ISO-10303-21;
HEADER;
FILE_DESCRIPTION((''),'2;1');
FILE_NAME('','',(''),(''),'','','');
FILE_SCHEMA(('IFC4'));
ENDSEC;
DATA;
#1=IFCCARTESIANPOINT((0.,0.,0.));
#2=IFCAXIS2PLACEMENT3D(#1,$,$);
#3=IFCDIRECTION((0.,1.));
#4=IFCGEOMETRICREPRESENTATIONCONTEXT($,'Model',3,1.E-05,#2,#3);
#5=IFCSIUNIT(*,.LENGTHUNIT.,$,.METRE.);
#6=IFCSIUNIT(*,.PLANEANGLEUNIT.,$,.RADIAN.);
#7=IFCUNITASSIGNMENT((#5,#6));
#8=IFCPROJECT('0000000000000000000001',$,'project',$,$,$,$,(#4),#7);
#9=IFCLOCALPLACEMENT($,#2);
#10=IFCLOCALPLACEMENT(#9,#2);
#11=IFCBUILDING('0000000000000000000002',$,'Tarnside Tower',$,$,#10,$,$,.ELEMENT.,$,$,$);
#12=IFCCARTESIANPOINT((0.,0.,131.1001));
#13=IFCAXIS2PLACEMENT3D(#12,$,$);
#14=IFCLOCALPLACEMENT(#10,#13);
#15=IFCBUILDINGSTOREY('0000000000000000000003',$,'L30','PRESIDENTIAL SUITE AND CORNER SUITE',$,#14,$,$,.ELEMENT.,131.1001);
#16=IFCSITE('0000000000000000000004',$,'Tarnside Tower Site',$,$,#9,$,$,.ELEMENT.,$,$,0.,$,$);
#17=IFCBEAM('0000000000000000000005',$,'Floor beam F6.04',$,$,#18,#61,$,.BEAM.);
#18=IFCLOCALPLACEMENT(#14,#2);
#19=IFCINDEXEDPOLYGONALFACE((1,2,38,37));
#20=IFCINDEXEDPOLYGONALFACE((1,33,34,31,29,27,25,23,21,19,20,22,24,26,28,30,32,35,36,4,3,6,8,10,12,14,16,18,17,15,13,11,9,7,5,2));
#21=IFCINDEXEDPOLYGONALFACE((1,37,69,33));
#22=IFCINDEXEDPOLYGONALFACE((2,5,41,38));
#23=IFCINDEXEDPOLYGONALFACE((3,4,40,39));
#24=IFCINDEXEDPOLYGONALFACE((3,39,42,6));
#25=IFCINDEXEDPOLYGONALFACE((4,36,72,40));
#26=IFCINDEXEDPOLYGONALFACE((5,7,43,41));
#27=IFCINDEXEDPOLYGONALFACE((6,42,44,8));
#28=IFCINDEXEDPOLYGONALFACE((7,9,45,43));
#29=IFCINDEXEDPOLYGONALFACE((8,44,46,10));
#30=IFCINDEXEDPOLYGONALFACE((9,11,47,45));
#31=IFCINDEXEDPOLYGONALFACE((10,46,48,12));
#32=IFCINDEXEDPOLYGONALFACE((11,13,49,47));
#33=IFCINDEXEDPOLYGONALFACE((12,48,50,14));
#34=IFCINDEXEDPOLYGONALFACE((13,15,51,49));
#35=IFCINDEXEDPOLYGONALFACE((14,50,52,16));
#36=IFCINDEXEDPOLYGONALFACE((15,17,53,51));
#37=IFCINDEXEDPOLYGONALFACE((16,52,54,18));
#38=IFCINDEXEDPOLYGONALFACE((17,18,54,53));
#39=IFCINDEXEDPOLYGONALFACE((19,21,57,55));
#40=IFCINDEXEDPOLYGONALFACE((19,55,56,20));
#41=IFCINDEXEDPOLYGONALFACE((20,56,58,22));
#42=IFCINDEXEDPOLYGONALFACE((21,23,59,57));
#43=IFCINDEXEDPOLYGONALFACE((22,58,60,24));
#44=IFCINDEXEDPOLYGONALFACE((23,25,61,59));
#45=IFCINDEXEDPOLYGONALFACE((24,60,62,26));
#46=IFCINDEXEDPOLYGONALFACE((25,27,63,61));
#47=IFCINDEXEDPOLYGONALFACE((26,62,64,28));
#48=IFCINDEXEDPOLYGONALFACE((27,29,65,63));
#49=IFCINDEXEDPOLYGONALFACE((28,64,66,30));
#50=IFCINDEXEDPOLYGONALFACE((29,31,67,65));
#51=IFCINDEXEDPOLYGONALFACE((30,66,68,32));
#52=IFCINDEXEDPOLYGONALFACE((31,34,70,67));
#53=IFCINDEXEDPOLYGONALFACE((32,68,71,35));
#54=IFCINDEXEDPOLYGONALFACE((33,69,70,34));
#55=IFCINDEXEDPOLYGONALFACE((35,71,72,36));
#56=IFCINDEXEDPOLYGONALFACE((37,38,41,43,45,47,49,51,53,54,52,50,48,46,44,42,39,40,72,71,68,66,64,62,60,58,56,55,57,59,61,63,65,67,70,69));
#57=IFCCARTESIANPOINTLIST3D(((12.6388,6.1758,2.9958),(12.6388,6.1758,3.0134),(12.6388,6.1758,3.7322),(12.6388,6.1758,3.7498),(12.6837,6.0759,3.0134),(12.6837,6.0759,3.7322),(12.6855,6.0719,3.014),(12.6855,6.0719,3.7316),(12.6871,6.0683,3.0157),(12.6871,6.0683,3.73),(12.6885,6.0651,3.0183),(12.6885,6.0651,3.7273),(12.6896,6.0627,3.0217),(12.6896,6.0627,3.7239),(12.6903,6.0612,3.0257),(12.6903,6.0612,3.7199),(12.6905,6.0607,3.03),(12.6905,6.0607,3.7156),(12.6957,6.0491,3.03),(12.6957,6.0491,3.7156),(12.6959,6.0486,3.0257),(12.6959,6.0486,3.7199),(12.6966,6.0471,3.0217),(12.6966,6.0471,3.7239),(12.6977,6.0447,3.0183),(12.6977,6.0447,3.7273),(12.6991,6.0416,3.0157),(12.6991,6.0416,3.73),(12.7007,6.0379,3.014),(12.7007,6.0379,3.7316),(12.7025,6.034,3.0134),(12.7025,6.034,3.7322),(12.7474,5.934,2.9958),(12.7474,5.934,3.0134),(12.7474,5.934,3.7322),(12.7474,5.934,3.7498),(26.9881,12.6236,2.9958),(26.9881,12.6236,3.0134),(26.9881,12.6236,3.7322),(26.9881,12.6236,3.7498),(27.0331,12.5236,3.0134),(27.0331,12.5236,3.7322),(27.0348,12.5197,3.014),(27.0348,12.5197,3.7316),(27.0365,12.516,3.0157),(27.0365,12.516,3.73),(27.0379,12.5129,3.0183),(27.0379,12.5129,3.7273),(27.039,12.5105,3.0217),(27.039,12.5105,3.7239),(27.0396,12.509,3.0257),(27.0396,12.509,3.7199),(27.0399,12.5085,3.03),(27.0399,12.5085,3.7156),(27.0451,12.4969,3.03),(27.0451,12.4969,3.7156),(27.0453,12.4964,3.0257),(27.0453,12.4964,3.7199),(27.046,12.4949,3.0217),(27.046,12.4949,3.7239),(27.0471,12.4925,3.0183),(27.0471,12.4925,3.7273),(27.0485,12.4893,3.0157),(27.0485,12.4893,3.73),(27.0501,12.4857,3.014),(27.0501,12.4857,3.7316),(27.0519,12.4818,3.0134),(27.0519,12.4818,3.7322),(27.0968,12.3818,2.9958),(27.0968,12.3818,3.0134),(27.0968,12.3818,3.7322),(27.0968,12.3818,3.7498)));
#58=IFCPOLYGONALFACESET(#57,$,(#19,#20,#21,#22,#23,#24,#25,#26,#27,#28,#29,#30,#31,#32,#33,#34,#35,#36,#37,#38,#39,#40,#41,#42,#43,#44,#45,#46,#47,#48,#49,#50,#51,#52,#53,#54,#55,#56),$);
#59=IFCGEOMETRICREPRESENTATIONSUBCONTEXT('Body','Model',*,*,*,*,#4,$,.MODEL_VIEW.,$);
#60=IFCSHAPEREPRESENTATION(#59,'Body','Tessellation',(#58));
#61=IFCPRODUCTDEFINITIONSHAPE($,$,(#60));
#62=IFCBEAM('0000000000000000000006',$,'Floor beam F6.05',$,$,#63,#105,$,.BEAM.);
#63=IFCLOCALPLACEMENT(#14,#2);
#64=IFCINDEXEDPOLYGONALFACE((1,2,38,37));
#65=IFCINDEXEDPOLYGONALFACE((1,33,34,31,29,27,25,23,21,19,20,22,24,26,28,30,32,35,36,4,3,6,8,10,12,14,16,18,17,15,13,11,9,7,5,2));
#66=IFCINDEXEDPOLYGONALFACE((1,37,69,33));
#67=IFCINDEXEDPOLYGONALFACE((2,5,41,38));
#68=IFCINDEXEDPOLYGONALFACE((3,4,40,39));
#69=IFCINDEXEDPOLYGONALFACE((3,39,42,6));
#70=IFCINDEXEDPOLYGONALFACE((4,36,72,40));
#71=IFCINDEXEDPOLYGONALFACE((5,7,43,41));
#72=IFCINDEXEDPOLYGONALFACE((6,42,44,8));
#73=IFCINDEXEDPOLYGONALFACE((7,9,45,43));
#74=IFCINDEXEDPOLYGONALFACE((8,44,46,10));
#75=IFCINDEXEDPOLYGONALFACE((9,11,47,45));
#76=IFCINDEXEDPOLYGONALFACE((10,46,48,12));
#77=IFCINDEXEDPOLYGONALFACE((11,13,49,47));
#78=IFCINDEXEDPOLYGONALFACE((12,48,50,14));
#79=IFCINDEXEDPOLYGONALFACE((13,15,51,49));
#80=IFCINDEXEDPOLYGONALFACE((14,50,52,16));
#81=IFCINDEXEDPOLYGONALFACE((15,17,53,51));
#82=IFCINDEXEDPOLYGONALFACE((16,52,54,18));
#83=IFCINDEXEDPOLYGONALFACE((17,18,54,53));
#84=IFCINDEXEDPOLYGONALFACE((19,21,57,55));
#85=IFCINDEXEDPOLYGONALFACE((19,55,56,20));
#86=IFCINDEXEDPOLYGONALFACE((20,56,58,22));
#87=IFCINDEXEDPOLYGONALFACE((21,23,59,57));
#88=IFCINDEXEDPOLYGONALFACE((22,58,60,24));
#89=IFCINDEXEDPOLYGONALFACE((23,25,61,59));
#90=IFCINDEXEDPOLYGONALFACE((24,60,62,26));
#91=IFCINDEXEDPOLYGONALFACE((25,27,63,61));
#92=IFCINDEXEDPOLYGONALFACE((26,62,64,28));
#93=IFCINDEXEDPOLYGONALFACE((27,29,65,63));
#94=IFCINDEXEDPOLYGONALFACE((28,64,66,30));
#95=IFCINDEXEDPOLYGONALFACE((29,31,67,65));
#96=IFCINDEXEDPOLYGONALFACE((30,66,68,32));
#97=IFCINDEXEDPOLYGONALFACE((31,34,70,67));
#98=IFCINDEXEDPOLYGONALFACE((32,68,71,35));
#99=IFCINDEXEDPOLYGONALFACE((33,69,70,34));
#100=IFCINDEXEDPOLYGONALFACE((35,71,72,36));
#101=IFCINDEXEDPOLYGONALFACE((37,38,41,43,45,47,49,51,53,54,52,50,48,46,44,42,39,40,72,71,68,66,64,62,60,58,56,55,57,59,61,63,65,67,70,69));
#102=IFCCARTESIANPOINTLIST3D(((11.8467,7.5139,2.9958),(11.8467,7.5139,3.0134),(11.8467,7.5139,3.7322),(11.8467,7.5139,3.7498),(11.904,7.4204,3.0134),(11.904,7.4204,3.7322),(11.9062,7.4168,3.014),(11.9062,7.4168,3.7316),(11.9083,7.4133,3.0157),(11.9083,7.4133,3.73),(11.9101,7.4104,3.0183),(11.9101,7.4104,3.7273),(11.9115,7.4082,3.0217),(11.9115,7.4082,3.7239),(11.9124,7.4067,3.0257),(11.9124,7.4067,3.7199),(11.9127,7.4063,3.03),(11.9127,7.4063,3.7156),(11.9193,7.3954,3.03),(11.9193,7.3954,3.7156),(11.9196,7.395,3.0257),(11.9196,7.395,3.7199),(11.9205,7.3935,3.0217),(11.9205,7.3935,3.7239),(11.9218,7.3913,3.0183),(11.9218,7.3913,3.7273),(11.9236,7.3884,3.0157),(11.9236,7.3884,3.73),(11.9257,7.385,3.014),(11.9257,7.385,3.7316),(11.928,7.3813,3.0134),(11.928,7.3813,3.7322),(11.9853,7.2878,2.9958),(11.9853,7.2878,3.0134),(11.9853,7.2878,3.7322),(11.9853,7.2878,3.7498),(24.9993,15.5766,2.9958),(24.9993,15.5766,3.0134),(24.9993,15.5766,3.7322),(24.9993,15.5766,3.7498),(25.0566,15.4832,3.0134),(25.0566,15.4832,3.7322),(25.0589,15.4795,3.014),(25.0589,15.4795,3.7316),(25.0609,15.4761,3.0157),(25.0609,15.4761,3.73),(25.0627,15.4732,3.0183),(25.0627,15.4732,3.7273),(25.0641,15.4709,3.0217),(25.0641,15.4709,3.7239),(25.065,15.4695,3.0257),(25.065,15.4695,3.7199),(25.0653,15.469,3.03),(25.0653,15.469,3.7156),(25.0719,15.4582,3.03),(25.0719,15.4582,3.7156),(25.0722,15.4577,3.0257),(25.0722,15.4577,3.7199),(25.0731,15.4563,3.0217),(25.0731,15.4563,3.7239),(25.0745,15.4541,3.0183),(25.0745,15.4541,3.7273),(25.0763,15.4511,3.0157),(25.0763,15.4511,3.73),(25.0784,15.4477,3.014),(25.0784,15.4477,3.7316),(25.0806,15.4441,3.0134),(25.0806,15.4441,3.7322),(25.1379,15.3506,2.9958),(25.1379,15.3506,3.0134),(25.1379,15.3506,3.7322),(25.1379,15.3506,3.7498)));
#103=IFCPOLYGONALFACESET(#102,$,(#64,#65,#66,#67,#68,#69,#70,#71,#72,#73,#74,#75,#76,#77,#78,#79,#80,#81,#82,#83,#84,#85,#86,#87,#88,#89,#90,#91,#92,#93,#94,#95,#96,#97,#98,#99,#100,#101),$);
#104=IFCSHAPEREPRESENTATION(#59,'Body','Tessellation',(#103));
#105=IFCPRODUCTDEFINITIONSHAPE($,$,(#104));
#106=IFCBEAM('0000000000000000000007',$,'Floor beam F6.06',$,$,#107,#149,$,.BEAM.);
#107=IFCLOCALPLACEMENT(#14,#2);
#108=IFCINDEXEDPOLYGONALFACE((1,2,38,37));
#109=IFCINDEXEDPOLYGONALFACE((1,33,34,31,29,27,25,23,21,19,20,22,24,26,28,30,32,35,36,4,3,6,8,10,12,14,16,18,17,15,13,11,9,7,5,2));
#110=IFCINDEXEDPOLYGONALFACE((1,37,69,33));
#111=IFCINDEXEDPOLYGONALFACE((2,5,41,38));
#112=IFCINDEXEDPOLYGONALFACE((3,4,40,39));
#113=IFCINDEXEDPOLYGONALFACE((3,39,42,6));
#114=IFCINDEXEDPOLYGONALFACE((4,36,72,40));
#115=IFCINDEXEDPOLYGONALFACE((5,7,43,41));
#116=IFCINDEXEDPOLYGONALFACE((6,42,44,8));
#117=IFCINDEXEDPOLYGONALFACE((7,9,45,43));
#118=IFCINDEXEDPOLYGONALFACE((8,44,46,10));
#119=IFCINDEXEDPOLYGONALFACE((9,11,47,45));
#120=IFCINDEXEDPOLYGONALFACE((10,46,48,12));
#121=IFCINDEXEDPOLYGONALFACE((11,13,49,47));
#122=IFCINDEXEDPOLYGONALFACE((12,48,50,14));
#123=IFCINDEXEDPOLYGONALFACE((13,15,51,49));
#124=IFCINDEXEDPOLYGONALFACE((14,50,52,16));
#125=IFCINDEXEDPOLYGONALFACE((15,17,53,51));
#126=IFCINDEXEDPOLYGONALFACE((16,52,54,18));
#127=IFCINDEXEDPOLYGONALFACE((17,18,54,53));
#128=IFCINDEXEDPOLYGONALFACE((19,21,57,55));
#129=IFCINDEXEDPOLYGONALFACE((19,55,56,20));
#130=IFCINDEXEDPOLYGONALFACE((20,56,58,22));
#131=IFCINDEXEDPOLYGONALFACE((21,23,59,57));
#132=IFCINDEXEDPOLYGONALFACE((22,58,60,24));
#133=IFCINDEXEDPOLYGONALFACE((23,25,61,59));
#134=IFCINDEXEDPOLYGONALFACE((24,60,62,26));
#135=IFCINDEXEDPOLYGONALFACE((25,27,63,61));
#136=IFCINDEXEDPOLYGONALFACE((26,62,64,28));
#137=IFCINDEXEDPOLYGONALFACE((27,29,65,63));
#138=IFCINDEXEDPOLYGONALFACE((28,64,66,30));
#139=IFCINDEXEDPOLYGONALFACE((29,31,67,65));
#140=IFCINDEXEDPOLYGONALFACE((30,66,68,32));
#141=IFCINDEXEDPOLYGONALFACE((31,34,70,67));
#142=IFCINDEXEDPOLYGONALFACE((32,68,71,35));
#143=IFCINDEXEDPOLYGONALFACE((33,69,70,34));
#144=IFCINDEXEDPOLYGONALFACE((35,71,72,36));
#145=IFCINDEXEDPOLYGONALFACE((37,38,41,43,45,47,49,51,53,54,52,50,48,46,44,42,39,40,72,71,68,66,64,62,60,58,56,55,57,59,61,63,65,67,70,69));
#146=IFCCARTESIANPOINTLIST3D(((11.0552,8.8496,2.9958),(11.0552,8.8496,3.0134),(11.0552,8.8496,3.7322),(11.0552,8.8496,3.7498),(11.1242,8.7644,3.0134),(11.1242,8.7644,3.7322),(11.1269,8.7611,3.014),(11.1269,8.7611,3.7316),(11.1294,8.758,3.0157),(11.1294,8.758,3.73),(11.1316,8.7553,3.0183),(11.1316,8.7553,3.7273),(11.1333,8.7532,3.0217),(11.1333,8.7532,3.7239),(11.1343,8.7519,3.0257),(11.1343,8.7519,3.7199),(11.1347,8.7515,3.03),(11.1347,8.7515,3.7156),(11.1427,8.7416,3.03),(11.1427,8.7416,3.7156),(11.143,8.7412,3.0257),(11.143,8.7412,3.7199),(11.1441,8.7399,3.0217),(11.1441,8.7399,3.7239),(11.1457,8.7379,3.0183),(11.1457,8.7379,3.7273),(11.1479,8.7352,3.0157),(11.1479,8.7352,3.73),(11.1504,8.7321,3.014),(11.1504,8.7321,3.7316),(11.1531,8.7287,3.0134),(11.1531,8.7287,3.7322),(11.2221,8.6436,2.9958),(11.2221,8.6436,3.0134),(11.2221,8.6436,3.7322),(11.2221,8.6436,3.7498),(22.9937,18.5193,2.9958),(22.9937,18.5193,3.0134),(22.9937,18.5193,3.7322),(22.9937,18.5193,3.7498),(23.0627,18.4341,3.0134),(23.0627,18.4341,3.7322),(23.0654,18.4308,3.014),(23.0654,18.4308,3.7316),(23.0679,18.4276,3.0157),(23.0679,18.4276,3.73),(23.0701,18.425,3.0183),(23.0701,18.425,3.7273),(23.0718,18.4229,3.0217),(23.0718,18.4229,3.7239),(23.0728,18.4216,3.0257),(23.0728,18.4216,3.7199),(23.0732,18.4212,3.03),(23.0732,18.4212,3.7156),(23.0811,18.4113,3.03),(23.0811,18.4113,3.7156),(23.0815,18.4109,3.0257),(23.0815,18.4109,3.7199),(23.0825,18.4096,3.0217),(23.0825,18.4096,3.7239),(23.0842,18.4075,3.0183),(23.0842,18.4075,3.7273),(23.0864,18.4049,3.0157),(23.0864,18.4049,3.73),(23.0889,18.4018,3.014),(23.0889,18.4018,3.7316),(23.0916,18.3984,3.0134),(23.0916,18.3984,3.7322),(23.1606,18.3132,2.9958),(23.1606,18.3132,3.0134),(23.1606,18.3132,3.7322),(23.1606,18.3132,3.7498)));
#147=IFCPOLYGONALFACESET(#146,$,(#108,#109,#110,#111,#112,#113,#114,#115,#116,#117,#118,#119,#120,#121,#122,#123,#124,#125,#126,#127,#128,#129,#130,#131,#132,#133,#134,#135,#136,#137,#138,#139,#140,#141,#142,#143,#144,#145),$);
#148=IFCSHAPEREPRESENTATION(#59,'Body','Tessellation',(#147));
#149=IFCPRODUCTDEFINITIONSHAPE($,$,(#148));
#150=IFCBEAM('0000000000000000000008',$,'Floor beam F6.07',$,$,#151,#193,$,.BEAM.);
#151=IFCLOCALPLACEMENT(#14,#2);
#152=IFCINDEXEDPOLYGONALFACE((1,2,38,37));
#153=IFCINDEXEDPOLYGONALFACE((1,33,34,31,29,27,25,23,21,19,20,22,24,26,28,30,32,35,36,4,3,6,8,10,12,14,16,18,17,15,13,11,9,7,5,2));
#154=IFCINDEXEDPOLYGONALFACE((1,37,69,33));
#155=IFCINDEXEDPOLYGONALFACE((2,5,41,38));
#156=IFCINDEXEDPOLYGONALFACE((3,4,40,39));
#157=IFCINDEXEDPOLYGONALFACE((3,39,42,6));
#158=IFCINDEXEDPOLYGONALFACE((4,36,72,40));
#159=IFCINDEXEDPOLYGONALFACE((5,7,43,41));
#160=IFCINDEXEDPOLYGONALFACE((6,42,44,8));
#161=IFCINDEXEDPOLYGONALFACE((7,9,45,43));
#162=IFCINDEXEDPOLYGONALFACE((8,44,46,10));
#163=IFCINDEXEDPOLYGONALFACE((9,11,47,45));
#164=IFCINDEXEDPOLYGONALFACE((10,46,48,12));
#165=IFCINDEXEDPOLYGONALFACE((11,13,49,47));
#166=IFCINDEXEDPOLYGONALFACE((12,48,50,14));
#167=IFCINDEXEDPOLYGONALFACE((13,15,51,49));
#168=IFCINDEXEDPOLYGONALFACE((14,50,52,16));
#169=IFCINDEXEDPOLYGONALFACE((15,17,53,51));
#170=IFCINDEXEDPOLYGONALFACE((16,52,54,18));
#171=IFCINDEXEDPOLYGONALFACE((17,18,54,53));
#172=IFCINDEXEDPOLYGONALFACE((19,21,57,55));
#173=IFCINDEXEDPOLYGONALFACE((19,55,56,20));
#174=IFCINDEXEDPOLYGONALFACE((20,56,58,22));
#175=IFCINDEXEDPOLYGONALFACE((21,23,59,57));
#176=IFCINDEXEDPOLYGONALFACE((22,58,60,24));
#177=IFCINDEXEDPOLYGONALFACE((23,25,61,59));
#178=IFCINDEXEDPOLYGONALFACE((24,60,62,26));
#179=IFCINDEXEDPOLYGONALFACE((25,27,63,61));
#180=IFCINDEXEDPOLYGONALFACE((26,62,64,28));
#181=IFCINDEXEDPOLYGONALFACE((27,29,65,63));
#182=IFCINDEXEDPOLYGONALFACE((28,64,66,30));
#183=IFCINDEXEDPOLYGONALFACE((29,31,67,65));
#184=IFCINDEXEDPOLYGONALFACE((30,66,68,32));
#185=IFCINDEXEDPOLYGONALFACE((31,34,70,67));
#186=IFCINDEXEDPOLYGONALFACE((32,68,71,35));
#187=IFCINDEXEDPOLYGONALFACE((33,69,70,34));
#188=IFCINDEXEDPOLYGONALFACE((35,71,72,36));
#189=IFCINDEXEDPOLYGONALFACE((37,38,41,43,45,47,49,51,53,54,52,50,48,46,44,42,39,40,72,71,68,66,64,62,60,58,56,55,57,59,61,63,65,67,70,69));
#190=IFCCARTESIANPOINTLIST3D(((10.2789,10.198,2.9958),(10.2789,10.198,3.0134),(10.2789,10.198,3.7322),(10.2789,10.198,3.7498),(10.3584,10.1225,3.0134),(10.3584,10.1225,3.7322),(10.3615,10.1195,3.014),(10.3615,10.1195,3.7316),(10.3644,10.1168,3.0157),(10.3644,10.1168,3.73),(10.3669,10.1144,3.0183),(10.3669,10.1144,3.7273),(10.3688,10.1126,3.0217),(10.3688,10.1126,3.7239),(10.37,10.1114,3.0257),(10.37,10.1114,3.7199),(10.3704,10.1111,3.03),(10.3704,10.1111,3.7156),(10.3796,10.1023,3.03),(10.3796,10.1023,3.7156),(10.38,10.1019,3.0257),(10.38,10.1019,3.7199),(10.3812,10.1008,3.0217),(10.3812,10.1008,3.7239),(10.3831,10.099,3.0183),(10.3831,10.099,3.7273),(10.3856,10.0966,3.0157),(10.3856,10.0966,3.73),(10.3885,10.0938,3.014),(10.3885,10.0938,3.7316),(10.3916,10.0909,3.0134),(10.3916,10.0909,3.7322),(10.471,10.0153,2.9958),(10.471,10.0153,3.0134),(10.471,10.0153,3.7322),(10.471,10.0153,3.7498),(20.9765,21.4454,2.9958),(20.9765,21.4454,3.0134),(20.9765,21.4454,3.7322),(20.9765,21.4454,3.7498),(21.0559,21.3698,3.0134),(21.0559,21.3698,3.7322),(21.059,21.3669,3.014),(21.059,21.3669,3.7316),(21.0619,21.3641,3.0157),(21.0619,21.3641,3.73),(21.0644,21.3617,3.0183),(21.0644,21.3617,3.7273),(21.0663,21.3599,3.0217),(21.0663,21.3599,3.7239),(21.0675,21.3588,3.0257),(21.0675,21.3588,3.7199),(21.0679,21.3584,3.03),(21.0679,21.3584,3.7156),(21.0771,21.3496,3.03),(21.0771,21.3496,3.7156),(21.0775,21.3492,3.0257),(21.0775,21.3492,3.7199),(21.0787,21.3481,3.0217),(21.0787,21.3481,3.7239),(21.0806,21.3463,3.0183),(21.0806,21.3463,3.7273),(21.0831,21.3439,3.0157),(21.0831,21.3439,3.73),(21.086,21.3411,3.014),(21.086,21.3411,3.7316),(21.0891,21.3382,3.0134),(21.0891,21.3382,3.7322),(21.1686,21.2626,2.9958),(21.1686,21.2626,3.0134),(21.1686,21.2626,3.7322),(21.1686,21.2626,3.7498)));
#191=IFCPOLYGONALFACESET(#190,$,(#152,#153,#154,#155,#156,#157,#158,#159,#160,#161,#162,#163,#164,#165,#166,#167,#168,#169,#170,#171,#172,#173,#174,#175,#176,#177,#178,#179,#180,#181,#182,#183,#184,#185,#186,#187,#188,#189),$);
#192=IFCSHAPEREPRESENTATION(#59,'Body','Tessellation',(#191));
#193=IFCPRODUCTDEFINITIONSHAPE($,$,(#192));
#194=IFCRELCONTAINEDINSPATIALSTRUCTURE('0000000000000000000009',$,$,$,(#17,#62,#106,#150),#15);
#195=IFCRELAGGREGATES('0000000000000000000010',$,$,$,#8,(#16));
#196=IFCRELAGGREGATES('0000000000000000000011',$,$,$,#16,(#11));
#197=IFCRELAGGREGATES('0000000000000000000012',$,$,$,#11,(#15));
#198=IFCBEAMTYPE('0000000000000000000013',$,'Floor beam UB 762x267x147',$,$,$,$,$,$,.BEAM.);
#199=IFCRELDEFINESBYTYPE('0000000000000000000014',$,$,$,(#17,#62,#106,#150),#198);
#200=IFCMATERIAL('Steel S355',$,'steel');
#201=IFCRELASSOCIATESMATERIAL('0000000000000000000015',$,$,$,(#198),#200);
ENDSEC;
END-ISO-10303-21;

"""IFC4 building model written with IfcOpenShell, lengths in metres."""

from ifc_helpers import new_model, si_unit, direction, frame, origin, origin_2d, place, context, subcontext, project, spatial, i_section, extrude, material, material_profile, profile_set, type_object, element, save


model = new_model("IFC4")

# Units and contexts
model_context = context("Model", 3, precision=1e-05, world=origin(), true_north=direction((0.0, 1.0)))
body_context = subcontext(model_context, "Body", "Model", "MODEL_VIEW")
ifc_project = project(units=[si_unit("LENGTHUNIT", "METRE"), si_unit("PLANEANGLEUNIT", "RADIAN")], contexts=[model_context])

# Site, building, storey
site_placement = place(None, origin())
site = spatial("IfcSite", under=ifc_project, at=site_placement, Name="Tarnside Tower Site", CompositionType="ELEMENT", RefElevation=0.0)
building_placement = place(site_placement, origin())
building = spatial("IfcBuilding", under=site, at=building_placement, Name="Tarnside Tower", CompositionType="ELEMENT")
storey_placement = place(building_placement, frame((0.0, 0.0, 131.1001)))
storey = spatial("IfcBuildingStorey", under=building, at=storey_placement, Name="L30", Description="PRESIDENTIAL SUITE AND CORNER SUITE", CompositionType="ELEMENT", Elevation=131.1001)

# Beams
ifc_material_1 = material(Name="Steel S355", Category="steel")
ifc_material_profile_1 = material_profile(ifc_material_1, i_section(OverallWidth=0.2651, OverallDepth=0.7539, WebThickness=0.0127, FlangeThickness=0.0176, FilletRadius=0.0166, at=origin_2d()), Name="UB 762x267x147")
ifc_profile_set_1 = profile_set([ifc_material_profile_1], Name="Steel S355")
beam_type_1 = type_object("IfcBeamType", Name="Floor beam UB 762x267x147", PredefinedType="BEAM", material=ifc_profile_set_1)
beam_1_placement = place(storey_placement, frame((27.0425, 12.5027, 3.3728), z_axis=(-0.912146, -0.409865, 0.0), x_axis=(0.409865, -0.912146, 0.0)))
element("IfcBeam", 1, at=beam_1_placement, inside=storey, type_object=beam_type_1, Name="Floor beam F6.04", PredefinedType="BEAM", context=body_context, shape_type="SweptSolid", body=[
    extrude(i_section(OverallWidth=0.2651, OverallDepth=0.7539, WebThickness=0.0127, FlangeThickness=0.0176, FilletRadius=0.0166, at=origin_2d()), origin(), (0.0, 0.0, 1.0), 15.7314),
])
beam_2_placement = place(storey_placement, frame((25.0686, 15.4636, 3.3728), z_axis=(-0.852558, -0.522632, 0.0), x_axis=(0.522632, -0.852558, 0.0)))
element("IfcBeam", 2, at=beam_2_placement, inside=storey, type_object=beam_type_1, Name="Floor beam F6.05", PredefinedType="BEAM", context=body_context, shape_type="SweptSolid", body=[
    extrude(i_section(OverallWidth=0.2651, OverallDepth=0.7539, WebThickness=0.0127, FlangeThickness=0.0176, FilletRadius=0.0166, at=origin_2d()), origin(), (0.0, 0.0, 1.0), 15.4272),
])
beam_3_placement = place(storey_placement, frame((23.0771, 18.4163, 3.3728), z_axis=(-0.777079, -0.629403, 0.0), x_axis=(0.629403, -0.777079, 0.0)))
element("IfcBeam", 3, at=beam_3_placement, inside=storey, type_object=beam_type_1, Name="Floor beam F6.06", PredefinedType="BEAM", context=body_context, shape_type="SweptSolid", body=[
    extrude(i_section(OverallWidth=0.2651, OverallDepth=0.7539, WebThickness=0.0127, FlangeThickness=0.0176, FilletRadius=0.0166, at=origin_2d()), origin(), (0.0, 0.0, 1.0), 15.3633),
])
beam_4_placement = place(storey_placement, frame((21.0725, 21.354, 3.3728), z_axis=(-0.689175, -0.724595, 0.0), x_axis=(0.724595, -0.689175, 0.0)))
element("IfcBeam", 4, at=beam_4_placement, inside=storey, type_object=beam_type_1, Name="Floor beam F6.07", PredefinedType="BEAM", context=body_context, shape_type="SweptSolid", body=[
    extrude(i_section(OverallWidth=0.2651, OverallDepth=0.7539, WebThickness=0.0127, FlangeThickness=0.0176, FilletRadius=0.0166, at=origin_2d()), origin(), (0.0, 0.0, 1.0), 15.5222),
])

save(model, "model.ifc")
